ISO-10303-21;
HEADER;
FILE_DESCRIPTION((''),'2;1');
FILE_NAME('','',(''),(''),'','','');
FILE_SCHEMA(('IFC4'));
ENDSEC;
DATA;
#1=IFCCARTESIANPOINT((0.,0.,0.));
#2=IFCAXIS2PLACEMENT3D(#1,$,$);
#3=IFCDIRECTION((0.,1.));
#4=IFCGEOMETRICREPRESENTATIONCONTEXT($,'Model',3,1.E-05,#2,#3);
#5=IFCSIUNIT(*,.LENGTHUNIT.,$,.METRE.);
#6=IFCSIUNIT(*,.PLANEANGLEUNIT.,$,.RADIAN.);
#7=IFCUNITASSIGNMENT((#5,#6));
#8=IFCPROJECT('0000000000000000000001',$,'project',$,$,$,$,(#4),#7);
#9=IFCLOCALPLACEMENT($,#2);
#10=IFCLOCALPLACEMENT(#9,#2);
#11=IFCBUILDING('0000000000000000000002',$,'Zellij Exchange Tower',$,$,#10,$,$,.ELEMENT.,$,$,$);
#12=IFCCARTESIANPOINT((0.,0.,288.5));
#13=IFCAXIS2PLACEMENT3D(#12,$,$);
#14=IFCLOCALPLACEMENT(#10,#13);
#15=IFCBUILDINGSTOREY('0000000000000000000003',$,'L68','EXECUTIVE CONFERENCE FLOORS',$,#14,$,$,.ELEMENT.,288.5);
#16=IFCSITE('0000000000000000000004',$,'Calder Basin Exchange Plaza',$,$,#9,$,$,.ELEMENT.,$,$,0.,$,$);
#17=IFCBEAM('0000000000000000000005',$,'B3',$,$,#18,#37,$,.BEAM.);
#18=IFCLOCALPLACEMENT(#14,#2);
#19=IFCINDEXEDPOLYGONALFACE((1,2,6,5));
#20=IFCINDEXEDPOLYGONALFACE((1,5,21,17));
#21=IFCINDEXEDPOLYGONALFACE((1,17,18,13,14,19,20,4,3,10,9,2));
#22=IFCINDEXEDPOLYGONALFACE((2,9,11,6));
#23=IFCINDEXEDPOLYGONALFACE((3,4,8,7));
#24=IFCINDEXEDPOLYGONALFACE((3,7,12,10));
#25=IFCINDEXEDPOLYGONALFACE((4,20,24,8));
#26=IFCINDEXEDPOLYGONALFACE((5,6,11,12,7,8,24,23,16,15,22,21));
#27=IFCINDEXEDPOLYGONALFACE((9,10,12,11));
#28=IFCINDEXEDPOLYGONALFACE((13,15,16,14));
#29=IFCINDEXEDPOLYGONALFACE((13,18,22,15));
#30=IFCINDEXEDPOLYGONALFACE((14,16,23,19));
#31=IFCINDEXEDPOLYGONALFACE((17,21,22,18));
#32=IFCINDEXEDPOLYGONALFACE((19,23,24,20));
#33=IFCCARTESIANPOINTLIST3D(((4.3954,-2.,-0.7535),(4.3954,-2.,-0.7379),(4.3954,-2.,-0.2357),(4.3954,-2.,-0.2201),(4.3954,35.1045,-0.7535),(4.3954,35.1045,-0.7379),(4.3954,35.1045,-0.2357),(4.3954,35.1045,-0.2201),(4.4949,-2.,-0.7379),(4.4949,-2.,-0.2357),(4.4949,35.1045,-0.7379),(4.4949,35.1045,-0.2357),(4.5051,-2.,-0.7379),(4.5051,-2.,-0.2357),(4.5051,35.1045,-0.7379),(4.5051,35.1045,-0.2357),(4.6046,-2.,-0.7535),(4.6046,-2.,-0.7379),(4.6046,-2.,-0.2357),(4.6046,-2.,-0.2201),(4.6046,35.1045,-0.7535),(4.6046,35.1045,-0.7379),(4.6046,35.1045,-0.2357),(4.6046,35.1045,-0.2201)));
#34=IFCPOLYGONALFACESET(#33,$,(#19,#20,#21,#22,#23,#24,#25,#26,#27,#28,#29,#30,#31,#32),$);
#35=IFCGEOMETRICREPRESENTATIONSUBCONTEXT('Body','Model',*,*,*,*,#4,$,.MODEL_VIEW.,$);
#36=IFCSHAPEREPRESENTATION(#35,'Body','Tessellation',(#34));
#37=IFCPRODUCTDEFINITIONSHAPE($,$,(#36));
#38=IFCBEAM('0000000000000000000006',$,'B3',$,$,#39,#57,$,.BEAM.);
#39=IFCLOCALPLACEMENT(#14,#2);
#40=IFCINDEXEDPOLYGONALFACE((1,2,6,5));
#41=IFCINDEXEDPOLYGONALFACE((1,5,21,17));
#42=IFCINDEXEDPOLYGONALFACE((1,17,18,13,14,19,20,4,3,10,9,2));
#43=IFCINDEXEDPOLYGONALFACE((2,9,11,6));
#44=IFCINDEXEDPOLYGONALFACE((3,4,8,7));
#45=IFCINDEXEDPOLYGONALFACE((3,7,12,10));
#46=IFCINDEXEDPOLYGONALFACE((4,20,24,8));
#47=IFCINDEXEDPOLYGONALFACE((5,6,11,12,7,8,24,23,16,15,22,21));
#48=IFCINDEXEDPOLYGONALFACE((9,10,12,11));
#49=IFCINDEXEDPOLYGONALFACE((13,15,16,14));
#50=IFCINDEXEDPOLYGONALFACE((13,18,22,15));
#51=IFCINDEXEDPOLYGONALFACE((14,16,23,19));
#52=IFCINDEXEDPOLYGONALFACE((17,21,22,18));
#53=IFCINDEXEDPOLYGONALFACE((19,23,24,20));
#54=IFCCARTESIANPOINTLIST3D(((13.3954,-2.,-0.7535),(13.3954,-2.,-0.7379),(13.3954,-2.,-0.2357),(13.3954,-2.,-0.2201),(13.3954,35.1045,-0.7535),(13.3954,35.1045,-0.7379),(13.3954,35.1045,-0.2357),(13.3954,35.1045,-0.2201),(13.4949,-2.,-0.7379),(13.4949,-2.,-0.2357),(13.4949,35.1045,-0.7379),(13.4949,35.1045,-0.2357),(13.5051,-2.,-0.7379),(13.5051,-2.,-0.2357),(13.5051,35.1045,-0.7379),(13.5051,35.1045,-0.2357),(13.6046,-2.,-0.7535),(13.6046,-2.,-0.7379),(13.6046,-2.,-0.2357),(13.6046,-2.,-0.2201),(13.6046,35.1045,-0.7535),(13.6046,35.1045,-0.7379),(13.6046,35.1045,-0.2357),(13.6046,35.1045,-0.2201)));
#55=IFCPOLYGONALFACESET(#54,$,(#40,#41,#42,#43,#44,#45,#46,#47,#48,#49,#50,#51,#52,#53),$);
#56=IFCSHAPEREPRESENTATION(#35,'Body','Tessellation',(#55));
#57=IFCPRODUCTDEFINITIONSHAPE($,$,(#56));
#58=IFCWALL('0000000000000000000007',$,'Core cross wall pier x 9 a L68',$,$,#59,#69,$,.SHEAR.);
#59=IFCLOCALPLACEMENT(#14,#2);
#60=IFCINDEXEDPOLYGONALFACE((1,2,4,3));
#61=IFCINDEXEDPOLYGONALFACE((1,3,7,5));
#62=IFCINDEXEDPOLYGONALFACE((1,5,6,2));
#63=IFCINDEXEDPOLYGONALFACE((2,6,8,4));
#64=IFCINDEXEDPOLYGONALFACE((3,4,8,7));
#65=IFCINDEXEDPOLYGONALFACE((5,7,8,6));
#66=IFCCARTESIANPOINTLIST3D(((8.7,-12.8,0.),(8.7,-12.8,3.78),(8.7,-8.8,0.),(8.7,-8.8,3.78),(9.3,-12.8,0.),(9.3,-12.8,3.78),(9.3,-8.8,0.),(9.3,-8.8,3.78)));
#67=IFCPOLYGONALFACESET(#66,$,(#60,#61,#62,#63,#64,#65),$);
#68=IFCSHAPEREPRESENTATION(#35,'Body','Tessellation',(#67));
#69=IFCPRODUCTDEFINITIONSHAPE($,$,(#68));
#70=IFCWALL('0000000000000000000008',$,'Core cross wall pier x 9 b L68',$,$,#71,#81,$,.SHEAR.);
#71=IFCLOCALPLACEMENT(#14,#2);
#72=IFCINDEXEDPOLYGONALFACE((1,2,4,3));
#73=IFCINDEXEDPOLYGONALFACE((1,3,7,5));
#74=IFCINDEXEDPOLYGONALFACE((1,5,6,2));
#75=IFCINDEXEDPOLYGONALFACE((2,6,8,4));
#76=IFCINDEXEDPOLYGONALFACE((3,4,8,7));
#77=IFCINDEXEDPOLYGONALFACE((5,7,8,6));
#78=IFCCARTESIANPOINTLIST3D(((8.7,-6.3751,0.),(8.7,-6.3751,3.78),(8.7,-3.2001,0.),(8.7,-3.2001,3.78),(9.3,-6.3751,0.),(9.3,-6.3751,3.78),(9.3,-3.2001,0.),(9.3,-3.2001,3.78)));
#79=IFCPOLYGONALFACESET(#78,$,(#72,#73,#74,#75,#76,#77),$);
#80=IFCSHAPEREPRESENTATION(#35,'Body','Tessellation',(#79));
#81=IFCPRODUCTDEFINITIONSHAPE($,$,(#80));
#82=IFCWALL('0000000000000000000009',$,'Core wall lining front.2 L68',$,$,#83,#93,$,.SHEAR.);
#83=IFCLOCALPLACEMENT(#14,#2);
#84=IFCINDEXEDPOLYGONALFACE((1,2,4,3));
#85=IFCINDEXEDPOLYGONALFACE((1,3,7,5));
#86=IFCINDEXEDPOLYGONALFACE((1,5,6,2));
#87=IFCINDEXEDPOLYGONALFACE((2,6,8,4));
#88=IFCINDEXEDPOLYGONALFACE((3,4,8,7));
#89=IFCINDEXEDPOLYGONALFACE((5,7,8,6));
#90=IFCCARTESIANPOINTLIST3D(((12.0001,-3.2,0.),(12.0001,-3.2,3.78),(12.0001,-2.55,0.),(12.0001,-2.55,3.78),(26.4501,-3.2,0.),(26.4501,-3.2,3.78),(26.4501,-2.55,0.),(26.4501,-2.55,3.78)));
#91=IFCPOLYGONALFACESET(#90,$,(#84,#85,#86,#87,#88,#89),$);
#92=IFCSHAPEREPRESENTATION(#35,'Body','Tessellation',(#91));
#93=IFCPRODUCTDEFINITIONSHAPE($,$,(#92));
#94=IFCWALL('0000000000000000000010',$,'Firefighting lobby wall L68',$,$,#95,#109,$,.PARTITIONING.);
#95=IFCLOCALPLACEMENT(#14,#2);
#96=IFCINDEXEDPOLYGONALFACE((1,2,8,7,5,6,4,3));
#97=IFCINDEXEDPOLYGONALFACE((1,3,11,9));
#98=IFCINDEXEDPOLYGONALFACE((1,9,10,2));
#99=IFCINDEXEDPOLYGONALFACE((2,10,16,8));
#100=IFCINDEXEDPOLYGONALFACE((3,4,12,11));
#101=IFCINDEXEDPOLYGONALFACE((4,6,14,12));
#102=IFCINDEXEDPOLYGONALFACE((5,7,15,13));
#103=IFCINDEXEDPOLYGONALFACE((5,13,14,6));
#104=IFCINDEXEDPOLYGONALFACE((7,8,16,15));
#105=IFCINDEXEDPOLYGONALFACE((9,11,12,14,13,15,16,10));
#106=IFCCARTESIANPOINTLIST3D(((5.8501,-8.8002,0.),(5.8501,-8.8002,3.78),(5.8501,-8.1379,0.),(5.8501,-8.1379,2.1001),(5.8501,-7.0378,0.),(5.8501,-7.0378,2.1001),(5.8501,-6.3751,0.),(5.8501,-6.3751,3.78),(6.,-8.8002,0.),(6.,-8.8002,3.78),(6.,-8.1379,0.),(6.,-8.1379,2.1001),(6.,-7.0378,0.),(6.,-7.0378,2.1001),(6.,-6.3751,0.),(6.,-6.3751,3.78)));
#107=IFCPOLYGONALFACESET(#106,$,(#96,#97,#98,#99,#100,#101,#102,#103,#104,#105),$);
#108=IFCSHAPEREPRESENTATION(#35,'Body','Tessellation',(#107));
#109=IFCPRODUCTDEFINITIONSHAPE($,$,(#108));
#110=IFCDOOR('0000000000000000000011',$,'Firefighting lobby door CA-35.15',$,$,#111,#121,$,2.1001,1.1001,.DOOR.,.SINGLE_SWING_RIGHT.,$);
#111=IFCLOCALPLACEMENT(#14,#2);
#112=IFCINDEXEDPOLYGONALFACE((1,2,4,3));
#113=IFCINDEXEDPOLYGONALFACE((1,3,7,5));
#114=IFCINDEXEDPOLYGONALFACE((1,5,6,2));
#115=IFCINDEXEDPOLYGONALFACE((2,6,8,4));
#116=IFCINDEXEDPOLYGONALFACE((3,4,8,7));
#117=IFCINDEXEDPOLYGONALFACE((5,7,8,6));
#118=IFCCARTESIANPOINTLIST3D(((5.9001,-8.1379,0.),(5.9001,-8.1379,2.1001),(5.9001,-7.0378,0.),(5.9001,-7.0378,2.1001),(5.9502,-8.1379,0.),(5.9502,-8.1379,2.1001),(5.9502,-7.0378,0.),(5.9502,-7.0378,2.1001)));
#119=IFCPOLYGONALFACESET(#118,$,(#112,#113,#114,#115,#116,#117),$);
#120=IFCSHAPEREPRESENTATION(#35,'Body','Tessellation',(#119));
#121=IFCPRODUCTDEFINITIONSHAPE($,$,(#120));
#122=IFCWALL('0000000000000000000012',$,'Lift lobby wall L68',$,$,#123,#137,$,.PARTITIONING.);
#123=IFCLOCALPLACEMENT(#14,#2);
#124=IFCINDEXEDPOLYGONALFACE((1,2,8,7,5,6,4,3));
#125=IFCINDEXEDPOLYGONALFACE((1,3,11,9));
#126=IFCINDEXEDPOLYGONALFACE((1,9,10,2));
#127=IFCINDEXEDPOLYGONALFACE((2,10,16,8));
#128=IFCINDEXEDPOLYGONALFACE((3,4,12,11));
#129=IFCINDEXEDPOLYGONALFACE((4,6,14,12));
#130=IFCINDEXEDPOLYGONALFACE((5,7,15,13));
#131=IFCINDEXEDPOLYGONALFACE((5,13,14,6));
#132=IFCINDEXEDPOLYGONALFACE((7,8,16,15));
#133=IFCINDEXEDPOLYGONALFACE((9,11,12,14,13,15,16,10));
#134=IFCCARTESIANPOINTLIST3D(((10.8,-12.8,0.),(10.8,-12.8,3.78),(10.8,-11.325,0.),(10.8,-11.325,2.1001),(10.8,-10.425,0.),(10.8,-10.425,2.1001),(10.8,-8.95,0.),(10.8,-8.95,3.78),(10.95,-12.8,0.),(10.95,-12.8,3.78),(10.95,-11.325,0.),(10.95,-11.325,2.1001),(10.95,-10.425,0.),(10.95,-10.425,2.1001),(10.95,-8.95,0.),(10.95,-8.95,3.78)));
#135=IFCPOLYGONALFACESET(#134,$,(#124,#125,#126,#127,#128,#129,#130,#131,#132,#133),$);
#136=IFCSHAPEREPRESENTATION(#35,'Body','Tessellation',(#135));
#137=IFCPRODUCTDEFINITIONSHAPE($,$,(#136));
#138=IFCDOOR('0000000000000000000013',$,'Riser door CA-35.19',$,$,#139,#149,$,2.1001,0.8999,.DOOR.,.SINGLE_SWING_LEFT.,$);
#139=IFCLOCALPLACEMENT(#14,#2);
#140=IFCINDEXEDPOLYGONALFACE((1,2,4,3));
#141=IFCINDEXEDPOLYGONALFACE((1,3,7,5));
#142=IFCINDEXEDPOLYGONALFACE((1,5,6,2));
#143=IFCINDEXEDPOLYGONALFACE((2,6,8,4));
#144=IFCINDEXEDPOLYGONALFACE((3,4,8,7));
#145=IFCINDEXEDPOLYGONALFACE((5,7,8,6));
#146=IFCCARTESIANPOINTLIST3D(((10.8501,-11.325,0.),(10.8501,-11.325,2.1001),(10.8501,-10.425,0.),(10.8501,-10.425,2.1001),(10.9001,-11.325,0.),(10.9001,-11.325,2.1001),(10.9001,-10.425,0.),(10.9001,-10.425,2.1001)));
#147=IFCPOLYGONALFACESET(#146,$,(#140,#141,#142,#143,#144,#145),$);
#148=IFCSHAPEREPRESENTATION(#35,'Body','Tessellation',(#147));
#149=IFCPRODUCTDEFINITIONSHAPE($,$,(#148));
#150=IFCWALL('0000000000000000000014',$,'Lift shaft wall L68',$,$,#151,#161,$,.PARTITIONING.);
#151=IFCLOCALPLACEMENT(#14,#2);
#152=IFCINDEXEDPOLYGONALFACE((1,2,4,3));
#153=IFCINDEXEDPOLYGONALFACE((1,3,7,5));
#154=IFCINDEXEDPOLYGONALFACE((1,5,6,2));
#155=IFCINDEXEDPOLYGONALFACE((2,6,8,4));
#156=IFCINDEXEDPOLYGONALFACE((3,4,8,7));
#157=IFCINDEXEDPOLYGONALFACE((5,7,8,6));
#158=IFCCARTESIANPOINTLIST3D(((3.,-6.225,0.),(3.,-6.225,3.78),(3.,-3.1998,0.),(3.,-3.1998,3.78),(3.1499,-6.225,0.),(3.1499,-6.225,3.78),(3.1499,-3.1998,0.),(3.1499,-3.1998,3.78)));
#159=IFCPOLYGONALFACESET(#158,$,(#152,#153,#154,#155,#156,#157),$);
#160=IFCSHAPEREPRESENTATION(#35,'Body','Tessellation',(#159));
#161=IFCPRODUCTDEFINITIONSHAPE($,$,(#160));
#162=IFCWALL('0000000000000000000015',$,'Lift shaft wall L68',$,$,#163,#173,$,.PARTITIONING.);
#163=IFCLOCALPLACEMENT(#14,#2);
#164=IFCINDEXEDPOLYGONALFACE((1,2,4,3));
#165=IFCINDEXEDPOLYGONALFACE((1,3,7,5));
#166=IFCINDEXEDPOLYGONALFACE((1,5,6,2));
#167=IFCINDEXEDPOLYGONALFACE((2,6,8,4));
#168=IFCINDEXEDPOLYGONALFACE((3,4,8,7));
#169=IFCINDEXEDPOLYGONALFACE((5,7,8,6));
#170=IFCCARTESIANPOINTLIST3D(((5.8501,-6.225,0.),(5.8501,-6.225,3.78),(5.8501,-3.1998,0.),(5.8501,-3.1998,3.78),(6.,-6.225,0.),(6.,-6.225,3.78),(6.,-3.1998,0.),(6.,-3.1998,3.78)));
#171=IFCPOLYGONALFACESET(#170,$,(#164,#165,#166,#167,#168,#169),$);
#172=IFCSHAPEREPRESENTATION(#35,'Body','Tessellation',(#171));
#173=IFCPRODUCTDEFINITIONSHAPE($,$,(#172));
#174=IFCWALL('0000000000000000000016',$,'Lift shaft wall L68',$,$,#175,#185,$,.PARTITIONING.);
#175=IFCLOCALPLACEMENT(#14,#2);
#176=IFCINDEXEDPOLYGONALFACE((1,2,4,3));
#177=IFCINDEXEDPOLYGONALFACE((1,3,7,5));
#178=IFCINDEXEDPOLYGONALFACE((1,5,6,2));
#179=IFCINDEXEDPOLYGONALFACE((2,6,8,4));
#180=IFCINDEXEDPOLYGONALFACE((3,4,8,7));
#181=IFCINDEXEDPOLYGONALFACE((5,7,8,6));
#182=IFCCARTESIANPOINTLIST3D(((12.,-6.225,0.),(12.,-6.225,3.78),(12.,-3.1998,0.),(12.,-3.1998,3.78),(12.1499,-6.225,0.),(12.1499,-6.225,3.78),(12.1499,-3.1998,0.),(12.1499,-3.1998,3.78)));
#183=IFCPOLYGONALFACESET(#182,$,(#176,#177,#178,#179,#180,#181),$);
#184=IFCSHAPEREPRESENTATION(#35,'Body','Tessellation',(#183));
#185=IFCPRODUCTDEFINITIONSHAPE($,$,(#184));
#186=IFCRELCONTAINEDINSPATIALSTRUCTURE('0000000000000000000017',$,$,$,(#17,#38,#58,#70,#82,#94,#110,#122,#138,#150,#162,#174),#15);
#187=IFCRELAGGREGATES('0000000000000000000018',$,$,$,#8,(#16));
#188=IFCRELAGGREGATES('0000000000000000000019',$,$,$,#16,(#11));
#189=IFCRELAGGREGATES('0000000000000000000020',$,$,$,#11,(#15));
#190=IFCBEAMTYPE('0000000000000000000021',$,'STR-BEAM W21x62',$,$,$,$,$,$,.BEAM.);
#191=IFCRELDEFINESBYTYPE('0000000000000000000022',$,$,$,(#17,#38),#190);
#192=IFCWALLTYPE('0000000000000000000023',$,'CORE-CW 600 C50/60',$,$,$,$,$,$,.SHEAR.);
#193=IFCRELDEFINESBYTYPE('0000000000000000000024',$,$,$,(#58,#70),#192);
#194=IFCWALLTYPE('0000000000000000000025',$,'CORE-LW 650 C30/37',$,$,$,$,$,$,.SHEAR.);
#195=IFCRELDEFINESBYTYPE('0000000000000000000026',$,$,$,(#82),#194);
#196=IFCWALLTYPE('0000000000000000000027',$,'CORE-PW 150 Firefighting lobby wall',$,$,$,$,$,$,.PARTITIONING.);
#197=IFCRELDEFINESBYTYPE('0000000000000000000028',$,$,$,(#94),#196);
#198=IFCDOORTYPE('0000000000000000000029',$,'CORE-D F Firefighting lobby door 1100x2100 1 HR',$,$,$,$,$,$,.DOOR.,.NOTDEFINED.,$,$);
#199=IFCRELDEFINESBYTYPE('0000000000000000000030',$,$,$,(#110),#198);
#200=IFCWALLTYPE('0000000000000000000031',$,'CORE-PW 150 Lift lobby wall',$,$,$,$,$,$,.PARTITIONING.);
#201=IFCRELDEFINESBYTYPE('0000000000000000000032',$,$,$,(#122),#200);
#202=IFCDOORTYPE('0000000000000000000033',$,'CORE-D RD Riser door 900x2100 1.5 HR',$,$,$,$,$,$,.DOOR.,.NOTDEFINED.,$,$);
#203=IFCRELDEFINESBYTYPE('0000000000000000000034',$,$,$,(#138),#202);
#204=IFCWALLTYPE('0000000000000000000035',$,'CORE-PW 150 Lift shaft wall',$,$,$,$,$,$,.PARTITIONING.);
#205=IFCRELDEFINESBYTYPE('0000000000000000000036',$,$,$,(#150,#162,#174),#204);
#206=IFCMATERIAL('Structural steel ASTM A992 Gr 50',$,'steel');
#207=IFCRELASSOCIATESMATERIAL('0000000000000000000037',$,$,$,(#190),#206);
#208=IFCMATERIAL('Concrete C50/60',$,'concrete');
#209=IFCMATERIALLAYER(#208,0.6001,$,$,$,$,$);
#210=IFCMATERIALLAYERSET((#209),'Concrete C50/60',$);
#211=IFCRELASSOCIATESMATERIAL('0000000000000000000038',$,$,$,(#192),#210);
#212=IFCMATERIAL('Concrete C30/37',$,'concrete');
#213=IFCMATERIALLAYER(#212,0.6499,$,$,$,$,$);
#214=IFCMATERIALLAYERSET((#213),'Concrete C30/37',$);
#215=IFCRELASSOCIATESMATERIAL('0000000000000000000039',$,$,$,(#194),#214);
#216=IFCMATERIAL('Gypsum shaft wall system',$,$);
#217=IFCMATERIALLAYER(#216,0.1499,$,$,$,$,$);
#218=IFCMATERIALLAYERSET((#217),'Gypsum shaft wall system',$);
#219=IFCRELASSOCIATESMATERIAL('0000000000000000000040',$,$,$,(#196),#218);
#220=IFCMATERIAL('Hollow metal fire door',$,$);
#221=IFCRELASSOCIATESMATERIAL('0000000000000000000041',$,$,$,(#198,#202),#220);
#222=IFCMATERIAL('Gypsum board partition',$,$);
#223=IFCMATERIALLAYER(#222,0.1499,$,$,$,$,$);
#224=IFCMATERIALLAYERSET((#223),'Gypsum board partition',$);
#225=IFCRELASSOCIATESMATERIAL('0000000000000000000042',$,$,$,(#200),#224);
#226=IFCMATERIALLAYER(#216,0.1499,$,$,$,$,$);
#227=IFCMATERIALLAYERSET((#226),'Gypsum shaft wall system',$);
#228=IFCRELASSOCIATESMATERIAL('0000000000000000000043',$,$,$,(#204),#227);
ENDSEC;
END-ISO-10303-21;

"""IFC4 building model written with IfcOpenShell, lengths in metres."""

from ifc_helpers import new_model, si_unit, direction, frame, frame_2d, origin, origin_2d, place, context, subcontext, project, spatial, rectangle, i_section, extrude, material, layer, layer_set, material_profile, profile_set, type_object, element, fill, save


model = new_model("IFC4")

# Units and contexts
model_context = context("Model", 3, precision=1e-05, world=origin(), true_north=direction((0.0, 1.0)))
body_context = subcontext(model_context, "Body", "Model", "MODEL_VIEW")
ifc_project = project(units=[si_unit("LENGTHUNIT", "METRE"), si_unit("PLANEANGLEUNIT", "RADIAN")], contexts=[model_context])

# Site, building, storey
site_placement = place(None, origin())
site = spatial("IfcSite", under=ifc_project, at=site_placement, Name="Calder Basin Exchange Plaza", CompositionType="ELEMENT", RefElevation=0.0)
building_placement = place(site_placement, origin())
building = spatial("IfcBuilding", under=site, at=building_placement, Name="Zellij Exchange Tower", CompositionType="ELEMENT")
storey_placement = place(building_placement, frame((0.0, 0.0, 288.5)))
storey = spatial("IfcBuildingStorey", under=building, at=storey_placement, Name="L68", Description="EXECUTIVE CONFERENCE FLOORS", CompositionType="ELEMENT", Elevation=288.5)

# Beams
ifc_material_1 = material(Name="Structural steel ASTM A992 Gr 50", Category="steel")
ifc_material_profile = material_profile(ifc_material_1, i_section(OverallWidth=0.2092, OverallDepth=0.5334, WebThickness=0.0103, FlangeThickness=0.0156, at=origin_2d()), Name="W21x62")
ifc_profile_set = profile_set([ifc_material_profile], Name="Structural steel ASTM A992 Gr 50")
beam_type = type_object("IfcBeamType", Name="STR-BEAM W21x62", PredefinedType="BEAM", material=ifc_profile_set)
for number, where, z_axis, x_axis, name in (
    (1, (4.5, -2.0, -0.4868), (0.0, 1.0, 0.0), (-1.0, 0.0, 0.0), "B3"),
    (2, (13.5, -2.0, -0.4868), (0.0, 1.0, 0.0), (-1.0, 0.0, 0.0), "B3"),
):
    element("IfcBeam", number, at=place(storey_placement, frame(where, z_axis=z_axis, x_axis=x_axis)), inside=storey, type_object=beam_type, Name=name, PredefinedType="BEAM", context=body_context, shape_type="SweptSolid", body=[
        extrude(i_section(OverallWidth=0.2092, OverallDepth=0.5334, WebThickness=0.0103, FlangeThickness=0.0156, at=origin_2d()), origin(), (0.0, 0.0, 1.0), 37.1045),
    ])

# Walls
ifc_material_2 = material(Name="Concrete C50/60", Category="concrete")
ifc_layer_1 = layer(ifc_material_2, 0.6001)
ifc_layer_set_1 = layer_set([ifc_layer_1], Name="Concrete C50/60")
wall_type_1 = type_object("IfcWallType", Name="CORE-CW 600 C50/60", PredefinedType="SHEAR", material=ifc_layer_set_1)
wall_1_placement = place(storey_placement, frame((9.0, -12.8, 0.0), z_axis=(0.0, 0.0, 1.0), x_axis=(0.0, 1.0, 0.0)))
element("IfcWall", 3, at=wall_1_placement, inside=storey, type_object=wall_type_1, Name="Core cross wall pier x 9 a L68", PredefinedType="SHEAR", context=body_context, shape_type="SweptSolid", body=[
    extrude(rectangle(XDim=4.0, YDim=0.6001, at=frame_2d((2.0, 0.0))), origin(), (0.0, 0.0, 1.0), 3.78),
])
wall_2_placement = place(storey_placement, frame((9.0, -6.375, 0.0), z_axis=(0.0, 0.0, 1.0), x_axis=(0.0, 1.0, 0.0)))
element("IfcWall", 4, at=wall_2_placement, inside=storey, type_object=wall_type_1, Name="Core cross wall pier x 9 b L68", PredefinedType="SHEAR", context=body_context, shape_type="SweptSolid", body=[
    extrude(rectangle(XDim=3.175, YDim=0.6001, at=frame_2d((1.5874, 0.0))), origin(), (0.0, 0.0, 1.0), 3.78),
])
ifc_material_3 = material(Name="Concrete C30/37", Category="concrete")
ifc_layer_2 = layer(ifc_material_3, 0.6499)
ifc_layer_set_2 = layer_set([ifc_layer_2], Name="Concrete C30/37")
wall_type_2 = type_object("IfcWallType", Name="CORE-LW 650 C30/37", PredefinedType="SHEAR", material=ifc_layer_set_2)
wall_3_placement = place(storey_placement, frame((12.0, -2.875, 0.0), z_axis=(0.0, 0.0, 1.0), x_axis=(1.0, 0.0, 0.0)))
element("IfcWall", 5, at=wall_3_placement, inside=storey, type_object=wall_type_2, Name="Core wall lining front.2 L68", PredefinedType="SHEAR", context=body_context, shape_type="SweptSolid", body=[
    extrude(rectangle(XDim=14.45, YDim=0.6499, at=frame_2d((7.2251, 0.0))), origin(), (0.0, 0.0, 1.0), 3.78),
])

# Walls, openings, doors
ifc_material_4 = material(Name="Gypsum shaft wall system")
ifc_layer_3 = layer(ifc_material_4, 0.1499)
ifc_layer_set_3 = layer_set([ifc_layer_3], Name="Gypsum shaft wall system")
wall_type_3 = type_object("IfcWallType", Name="CORE-PW 150 Firefighting lobby wall", PredefinedType="PARTITIONING", material=ifc_layer_set_3)
wall_4_placement = place(storey_placement, frame((5.925, -8.8, 0.0), z_axis=(0.0, 0.0, 1.0), x_axis=(0.0, 1.0, 0.0)))
wall_4 = element("IfcWall", 6, at=wall_4_placement, inside=storey, type_object=wall_type_3, Name="Firefighting lobby wall L68", PredefinedType="PARTITIONING", context=body_context, shape_type="SweptSolid", body=[
    extrude(rectangle(XDim=2.425, YDim=0.1499, at=frame_2d((1.2124, 0.0))), origin(), (0.0, 0.0, 1.0), 3.78),
])
opening_1_placement = place(wall_4_placement, frame((0.6621, 0.0, 0.0)))
opening_1 = element("IfcOpeningElement", 7, at=opening_1_placement, cuts=wall_4, PredefinedType="OPENING", context=body_context, shape_type="SweptSolid", body=[
    extrude(rectangle(XDim=1.1001, YDim=2.1001, at=frame_2d((0.55, 1.05))), frame((0.0, 0.0869, 0.0), z_axis=(0.0, -1.0, 0.0), x_axis=(1.0, 0.0, 0.0)), (0.0, 0.0, 1.0), 0.1738),
])
ifc_material_5 = material(Name="Hollow metal fire door")
door_type_1 = type_object("IfcDoorType", Name="CORE-D F Firefighting lobby door 1100x2100 1 HR", OperationType="NOTDEFINED", PredefinedType="DOOR", material=ifc_material_5)
door_1_placement = place(opening_1_placement, origin())
door_1 = element("IfcDoor", 8, at=door_1_placement, inside=storey, type_object=door_type_1, Name="Firefighting lobby door CA-35.15", OperationType="SINGLE_SWING_RIGHT", OverallHeight=2.1001, OverallWidth=1.1001, PredefinedType="DOOR", context=body_context, shape_type="SweptSolid", body=[
    extrude(rectangle(XDim=1.1001, YDim=2.1001, at=frame_2d((0.55, 1.05))), frame((0.0, 0.0249, 0.0), z_axis=(0.0, -1.0, 0.0), x_axis=(1.0, 0.0, 0.0)), (0.0, 0.0, 1.0), 0.05),
])
fill(opening_1, door_1)
ifc_material_6 = material(Name="Gypsum board partition")
ifc_layer_4 = layer(ifc_material_6, 0.1499)
ifc_layer_set_4 = layer_set([ifc_layer_4], Name="Gypsum board partition")
wall_type_4 = type_object("IfcWallType", Name="CORE-PW 150 Lift lobby wall", PredefinedType="PARTITIONING", material=ifc_layer_set_4)
wall_5_placement = place(storey_placement, frame((10.875, -12.8, 0.0), z_axis=(0.0, 0.0, 1.0), x_axis=(0.0, 1.0, 0.0)))
wall_5 = element("IfcWall", 9, at=wall_5_placement, inside=storey, type_object=wall_type_4, Name="Lift lobby wall L68", PredefinedType="PARTITIONING", context=body_context, shape_type="SweptSolid", body=[
    extrude(rectangle(XDim=3.8501, YDim=0.1499, at=frame_2d((1.925, 0.0))), origin(), (0.0, 0.0, 1.0), 3.78),
])
opening_2_placement = place(wall_5_placement, frame((1.4751, 0.0, 0.0)))
opening_2 = element("IfcOpeningElement", 10, at=opening_2_placement, cuts=wall_5, PredefinedType="OPENING", context=body_context, shape_type="SweptSolid", body=[
    extrude(rectangle(XDim=0.8999, YDim=2.1001, at=frame_2d((0.45, 1.05))), frame((0.0, 0.0869, 0.0), z_axis=(0.0, -1.0, 0.0), x_axis=(1.0, 0.0, 0.0)), (0.0, 0.0, 1.0), 0.1738),
])
door_type_2 = type_object("IfcDoorType", Name="CORE-D RD Riser door 900x2100 1.5 HR", OperationType="NOTDEFINED", PredefinedType="DOOR", material=ifc_material_5)
door_2_placement = place(opening_2_placement, origin())
door_2 = element("IfcDoor", 11, at=door_2_placement, inside=storey, type_object=door_type_2, Name="Riser door CA-35.19", OperationType="SINGLE_SWING_LEFT", OverallHeight=2.1001, OverallWidth=0.8999, PredefinedType="DOOR", context=body_context, shape_type="SweptSolid", body=[
    extrude(rectangle(XDim=0.8999, YDim=2.1001, at=frame_2d((0.45, 1.05))), frame((0.0, 0.0249, 0.0), z_axis=(0.0, -1.0, 0.0), x_axis=(1.0, 0.0, 0.0)), (0.0, 0.0, 1.0), 0.05),
])
fill(opening_2, door_2)

# Walls
ifc_layer_5 = layer(ifc_material_4, 0.1499)
ifc_layer_set_5 = layer_set([ifc_layer_5], Name="Gypsum shaft wall system")
wall_type_5 = type_object("IfcWallType", Name="CORE-PW 150 Lift shaft wall", PredefinedType="PARTITIONING", material=ifc_layer_set_5)
for number, where, z_axis, x_axis, name in (
    (12, (3.075, -6.2251, 0.0), (0.0, 0.0, 1.0), (0.0, 1.0, 0.0), "Lift shaft wall L68"),
    (13, (5.925, -6.2251, 0.0), (0.0, 0.0, 1.0), (0.0, 1.0, 0.0), "Lift shaft wall L68"),
    (14, (12.075, -6.2251, 0.0), (0.0, 0.0, 1.0), (0.0, 1.0, 0.0), "Lift shaft wall L68"),
):
    element("IfcWall", number, at=place(storey_placement, frame(where, z_axis=z_axis, x_axis=x_axis)), inside=storey, type_object=wall_type_5, Name=name, PredefinedType="PARTITIONING", context=body_context, shape_type="SweptSolid", body=[
        extrude(rectangle(XDim=3.0251, YDim=0.1499, at=frame_2d((1.5127, 0.0))), origin(), (0.0, 0.0, 1.0), 3.78),
    ])

save(model, "model.ifc")
